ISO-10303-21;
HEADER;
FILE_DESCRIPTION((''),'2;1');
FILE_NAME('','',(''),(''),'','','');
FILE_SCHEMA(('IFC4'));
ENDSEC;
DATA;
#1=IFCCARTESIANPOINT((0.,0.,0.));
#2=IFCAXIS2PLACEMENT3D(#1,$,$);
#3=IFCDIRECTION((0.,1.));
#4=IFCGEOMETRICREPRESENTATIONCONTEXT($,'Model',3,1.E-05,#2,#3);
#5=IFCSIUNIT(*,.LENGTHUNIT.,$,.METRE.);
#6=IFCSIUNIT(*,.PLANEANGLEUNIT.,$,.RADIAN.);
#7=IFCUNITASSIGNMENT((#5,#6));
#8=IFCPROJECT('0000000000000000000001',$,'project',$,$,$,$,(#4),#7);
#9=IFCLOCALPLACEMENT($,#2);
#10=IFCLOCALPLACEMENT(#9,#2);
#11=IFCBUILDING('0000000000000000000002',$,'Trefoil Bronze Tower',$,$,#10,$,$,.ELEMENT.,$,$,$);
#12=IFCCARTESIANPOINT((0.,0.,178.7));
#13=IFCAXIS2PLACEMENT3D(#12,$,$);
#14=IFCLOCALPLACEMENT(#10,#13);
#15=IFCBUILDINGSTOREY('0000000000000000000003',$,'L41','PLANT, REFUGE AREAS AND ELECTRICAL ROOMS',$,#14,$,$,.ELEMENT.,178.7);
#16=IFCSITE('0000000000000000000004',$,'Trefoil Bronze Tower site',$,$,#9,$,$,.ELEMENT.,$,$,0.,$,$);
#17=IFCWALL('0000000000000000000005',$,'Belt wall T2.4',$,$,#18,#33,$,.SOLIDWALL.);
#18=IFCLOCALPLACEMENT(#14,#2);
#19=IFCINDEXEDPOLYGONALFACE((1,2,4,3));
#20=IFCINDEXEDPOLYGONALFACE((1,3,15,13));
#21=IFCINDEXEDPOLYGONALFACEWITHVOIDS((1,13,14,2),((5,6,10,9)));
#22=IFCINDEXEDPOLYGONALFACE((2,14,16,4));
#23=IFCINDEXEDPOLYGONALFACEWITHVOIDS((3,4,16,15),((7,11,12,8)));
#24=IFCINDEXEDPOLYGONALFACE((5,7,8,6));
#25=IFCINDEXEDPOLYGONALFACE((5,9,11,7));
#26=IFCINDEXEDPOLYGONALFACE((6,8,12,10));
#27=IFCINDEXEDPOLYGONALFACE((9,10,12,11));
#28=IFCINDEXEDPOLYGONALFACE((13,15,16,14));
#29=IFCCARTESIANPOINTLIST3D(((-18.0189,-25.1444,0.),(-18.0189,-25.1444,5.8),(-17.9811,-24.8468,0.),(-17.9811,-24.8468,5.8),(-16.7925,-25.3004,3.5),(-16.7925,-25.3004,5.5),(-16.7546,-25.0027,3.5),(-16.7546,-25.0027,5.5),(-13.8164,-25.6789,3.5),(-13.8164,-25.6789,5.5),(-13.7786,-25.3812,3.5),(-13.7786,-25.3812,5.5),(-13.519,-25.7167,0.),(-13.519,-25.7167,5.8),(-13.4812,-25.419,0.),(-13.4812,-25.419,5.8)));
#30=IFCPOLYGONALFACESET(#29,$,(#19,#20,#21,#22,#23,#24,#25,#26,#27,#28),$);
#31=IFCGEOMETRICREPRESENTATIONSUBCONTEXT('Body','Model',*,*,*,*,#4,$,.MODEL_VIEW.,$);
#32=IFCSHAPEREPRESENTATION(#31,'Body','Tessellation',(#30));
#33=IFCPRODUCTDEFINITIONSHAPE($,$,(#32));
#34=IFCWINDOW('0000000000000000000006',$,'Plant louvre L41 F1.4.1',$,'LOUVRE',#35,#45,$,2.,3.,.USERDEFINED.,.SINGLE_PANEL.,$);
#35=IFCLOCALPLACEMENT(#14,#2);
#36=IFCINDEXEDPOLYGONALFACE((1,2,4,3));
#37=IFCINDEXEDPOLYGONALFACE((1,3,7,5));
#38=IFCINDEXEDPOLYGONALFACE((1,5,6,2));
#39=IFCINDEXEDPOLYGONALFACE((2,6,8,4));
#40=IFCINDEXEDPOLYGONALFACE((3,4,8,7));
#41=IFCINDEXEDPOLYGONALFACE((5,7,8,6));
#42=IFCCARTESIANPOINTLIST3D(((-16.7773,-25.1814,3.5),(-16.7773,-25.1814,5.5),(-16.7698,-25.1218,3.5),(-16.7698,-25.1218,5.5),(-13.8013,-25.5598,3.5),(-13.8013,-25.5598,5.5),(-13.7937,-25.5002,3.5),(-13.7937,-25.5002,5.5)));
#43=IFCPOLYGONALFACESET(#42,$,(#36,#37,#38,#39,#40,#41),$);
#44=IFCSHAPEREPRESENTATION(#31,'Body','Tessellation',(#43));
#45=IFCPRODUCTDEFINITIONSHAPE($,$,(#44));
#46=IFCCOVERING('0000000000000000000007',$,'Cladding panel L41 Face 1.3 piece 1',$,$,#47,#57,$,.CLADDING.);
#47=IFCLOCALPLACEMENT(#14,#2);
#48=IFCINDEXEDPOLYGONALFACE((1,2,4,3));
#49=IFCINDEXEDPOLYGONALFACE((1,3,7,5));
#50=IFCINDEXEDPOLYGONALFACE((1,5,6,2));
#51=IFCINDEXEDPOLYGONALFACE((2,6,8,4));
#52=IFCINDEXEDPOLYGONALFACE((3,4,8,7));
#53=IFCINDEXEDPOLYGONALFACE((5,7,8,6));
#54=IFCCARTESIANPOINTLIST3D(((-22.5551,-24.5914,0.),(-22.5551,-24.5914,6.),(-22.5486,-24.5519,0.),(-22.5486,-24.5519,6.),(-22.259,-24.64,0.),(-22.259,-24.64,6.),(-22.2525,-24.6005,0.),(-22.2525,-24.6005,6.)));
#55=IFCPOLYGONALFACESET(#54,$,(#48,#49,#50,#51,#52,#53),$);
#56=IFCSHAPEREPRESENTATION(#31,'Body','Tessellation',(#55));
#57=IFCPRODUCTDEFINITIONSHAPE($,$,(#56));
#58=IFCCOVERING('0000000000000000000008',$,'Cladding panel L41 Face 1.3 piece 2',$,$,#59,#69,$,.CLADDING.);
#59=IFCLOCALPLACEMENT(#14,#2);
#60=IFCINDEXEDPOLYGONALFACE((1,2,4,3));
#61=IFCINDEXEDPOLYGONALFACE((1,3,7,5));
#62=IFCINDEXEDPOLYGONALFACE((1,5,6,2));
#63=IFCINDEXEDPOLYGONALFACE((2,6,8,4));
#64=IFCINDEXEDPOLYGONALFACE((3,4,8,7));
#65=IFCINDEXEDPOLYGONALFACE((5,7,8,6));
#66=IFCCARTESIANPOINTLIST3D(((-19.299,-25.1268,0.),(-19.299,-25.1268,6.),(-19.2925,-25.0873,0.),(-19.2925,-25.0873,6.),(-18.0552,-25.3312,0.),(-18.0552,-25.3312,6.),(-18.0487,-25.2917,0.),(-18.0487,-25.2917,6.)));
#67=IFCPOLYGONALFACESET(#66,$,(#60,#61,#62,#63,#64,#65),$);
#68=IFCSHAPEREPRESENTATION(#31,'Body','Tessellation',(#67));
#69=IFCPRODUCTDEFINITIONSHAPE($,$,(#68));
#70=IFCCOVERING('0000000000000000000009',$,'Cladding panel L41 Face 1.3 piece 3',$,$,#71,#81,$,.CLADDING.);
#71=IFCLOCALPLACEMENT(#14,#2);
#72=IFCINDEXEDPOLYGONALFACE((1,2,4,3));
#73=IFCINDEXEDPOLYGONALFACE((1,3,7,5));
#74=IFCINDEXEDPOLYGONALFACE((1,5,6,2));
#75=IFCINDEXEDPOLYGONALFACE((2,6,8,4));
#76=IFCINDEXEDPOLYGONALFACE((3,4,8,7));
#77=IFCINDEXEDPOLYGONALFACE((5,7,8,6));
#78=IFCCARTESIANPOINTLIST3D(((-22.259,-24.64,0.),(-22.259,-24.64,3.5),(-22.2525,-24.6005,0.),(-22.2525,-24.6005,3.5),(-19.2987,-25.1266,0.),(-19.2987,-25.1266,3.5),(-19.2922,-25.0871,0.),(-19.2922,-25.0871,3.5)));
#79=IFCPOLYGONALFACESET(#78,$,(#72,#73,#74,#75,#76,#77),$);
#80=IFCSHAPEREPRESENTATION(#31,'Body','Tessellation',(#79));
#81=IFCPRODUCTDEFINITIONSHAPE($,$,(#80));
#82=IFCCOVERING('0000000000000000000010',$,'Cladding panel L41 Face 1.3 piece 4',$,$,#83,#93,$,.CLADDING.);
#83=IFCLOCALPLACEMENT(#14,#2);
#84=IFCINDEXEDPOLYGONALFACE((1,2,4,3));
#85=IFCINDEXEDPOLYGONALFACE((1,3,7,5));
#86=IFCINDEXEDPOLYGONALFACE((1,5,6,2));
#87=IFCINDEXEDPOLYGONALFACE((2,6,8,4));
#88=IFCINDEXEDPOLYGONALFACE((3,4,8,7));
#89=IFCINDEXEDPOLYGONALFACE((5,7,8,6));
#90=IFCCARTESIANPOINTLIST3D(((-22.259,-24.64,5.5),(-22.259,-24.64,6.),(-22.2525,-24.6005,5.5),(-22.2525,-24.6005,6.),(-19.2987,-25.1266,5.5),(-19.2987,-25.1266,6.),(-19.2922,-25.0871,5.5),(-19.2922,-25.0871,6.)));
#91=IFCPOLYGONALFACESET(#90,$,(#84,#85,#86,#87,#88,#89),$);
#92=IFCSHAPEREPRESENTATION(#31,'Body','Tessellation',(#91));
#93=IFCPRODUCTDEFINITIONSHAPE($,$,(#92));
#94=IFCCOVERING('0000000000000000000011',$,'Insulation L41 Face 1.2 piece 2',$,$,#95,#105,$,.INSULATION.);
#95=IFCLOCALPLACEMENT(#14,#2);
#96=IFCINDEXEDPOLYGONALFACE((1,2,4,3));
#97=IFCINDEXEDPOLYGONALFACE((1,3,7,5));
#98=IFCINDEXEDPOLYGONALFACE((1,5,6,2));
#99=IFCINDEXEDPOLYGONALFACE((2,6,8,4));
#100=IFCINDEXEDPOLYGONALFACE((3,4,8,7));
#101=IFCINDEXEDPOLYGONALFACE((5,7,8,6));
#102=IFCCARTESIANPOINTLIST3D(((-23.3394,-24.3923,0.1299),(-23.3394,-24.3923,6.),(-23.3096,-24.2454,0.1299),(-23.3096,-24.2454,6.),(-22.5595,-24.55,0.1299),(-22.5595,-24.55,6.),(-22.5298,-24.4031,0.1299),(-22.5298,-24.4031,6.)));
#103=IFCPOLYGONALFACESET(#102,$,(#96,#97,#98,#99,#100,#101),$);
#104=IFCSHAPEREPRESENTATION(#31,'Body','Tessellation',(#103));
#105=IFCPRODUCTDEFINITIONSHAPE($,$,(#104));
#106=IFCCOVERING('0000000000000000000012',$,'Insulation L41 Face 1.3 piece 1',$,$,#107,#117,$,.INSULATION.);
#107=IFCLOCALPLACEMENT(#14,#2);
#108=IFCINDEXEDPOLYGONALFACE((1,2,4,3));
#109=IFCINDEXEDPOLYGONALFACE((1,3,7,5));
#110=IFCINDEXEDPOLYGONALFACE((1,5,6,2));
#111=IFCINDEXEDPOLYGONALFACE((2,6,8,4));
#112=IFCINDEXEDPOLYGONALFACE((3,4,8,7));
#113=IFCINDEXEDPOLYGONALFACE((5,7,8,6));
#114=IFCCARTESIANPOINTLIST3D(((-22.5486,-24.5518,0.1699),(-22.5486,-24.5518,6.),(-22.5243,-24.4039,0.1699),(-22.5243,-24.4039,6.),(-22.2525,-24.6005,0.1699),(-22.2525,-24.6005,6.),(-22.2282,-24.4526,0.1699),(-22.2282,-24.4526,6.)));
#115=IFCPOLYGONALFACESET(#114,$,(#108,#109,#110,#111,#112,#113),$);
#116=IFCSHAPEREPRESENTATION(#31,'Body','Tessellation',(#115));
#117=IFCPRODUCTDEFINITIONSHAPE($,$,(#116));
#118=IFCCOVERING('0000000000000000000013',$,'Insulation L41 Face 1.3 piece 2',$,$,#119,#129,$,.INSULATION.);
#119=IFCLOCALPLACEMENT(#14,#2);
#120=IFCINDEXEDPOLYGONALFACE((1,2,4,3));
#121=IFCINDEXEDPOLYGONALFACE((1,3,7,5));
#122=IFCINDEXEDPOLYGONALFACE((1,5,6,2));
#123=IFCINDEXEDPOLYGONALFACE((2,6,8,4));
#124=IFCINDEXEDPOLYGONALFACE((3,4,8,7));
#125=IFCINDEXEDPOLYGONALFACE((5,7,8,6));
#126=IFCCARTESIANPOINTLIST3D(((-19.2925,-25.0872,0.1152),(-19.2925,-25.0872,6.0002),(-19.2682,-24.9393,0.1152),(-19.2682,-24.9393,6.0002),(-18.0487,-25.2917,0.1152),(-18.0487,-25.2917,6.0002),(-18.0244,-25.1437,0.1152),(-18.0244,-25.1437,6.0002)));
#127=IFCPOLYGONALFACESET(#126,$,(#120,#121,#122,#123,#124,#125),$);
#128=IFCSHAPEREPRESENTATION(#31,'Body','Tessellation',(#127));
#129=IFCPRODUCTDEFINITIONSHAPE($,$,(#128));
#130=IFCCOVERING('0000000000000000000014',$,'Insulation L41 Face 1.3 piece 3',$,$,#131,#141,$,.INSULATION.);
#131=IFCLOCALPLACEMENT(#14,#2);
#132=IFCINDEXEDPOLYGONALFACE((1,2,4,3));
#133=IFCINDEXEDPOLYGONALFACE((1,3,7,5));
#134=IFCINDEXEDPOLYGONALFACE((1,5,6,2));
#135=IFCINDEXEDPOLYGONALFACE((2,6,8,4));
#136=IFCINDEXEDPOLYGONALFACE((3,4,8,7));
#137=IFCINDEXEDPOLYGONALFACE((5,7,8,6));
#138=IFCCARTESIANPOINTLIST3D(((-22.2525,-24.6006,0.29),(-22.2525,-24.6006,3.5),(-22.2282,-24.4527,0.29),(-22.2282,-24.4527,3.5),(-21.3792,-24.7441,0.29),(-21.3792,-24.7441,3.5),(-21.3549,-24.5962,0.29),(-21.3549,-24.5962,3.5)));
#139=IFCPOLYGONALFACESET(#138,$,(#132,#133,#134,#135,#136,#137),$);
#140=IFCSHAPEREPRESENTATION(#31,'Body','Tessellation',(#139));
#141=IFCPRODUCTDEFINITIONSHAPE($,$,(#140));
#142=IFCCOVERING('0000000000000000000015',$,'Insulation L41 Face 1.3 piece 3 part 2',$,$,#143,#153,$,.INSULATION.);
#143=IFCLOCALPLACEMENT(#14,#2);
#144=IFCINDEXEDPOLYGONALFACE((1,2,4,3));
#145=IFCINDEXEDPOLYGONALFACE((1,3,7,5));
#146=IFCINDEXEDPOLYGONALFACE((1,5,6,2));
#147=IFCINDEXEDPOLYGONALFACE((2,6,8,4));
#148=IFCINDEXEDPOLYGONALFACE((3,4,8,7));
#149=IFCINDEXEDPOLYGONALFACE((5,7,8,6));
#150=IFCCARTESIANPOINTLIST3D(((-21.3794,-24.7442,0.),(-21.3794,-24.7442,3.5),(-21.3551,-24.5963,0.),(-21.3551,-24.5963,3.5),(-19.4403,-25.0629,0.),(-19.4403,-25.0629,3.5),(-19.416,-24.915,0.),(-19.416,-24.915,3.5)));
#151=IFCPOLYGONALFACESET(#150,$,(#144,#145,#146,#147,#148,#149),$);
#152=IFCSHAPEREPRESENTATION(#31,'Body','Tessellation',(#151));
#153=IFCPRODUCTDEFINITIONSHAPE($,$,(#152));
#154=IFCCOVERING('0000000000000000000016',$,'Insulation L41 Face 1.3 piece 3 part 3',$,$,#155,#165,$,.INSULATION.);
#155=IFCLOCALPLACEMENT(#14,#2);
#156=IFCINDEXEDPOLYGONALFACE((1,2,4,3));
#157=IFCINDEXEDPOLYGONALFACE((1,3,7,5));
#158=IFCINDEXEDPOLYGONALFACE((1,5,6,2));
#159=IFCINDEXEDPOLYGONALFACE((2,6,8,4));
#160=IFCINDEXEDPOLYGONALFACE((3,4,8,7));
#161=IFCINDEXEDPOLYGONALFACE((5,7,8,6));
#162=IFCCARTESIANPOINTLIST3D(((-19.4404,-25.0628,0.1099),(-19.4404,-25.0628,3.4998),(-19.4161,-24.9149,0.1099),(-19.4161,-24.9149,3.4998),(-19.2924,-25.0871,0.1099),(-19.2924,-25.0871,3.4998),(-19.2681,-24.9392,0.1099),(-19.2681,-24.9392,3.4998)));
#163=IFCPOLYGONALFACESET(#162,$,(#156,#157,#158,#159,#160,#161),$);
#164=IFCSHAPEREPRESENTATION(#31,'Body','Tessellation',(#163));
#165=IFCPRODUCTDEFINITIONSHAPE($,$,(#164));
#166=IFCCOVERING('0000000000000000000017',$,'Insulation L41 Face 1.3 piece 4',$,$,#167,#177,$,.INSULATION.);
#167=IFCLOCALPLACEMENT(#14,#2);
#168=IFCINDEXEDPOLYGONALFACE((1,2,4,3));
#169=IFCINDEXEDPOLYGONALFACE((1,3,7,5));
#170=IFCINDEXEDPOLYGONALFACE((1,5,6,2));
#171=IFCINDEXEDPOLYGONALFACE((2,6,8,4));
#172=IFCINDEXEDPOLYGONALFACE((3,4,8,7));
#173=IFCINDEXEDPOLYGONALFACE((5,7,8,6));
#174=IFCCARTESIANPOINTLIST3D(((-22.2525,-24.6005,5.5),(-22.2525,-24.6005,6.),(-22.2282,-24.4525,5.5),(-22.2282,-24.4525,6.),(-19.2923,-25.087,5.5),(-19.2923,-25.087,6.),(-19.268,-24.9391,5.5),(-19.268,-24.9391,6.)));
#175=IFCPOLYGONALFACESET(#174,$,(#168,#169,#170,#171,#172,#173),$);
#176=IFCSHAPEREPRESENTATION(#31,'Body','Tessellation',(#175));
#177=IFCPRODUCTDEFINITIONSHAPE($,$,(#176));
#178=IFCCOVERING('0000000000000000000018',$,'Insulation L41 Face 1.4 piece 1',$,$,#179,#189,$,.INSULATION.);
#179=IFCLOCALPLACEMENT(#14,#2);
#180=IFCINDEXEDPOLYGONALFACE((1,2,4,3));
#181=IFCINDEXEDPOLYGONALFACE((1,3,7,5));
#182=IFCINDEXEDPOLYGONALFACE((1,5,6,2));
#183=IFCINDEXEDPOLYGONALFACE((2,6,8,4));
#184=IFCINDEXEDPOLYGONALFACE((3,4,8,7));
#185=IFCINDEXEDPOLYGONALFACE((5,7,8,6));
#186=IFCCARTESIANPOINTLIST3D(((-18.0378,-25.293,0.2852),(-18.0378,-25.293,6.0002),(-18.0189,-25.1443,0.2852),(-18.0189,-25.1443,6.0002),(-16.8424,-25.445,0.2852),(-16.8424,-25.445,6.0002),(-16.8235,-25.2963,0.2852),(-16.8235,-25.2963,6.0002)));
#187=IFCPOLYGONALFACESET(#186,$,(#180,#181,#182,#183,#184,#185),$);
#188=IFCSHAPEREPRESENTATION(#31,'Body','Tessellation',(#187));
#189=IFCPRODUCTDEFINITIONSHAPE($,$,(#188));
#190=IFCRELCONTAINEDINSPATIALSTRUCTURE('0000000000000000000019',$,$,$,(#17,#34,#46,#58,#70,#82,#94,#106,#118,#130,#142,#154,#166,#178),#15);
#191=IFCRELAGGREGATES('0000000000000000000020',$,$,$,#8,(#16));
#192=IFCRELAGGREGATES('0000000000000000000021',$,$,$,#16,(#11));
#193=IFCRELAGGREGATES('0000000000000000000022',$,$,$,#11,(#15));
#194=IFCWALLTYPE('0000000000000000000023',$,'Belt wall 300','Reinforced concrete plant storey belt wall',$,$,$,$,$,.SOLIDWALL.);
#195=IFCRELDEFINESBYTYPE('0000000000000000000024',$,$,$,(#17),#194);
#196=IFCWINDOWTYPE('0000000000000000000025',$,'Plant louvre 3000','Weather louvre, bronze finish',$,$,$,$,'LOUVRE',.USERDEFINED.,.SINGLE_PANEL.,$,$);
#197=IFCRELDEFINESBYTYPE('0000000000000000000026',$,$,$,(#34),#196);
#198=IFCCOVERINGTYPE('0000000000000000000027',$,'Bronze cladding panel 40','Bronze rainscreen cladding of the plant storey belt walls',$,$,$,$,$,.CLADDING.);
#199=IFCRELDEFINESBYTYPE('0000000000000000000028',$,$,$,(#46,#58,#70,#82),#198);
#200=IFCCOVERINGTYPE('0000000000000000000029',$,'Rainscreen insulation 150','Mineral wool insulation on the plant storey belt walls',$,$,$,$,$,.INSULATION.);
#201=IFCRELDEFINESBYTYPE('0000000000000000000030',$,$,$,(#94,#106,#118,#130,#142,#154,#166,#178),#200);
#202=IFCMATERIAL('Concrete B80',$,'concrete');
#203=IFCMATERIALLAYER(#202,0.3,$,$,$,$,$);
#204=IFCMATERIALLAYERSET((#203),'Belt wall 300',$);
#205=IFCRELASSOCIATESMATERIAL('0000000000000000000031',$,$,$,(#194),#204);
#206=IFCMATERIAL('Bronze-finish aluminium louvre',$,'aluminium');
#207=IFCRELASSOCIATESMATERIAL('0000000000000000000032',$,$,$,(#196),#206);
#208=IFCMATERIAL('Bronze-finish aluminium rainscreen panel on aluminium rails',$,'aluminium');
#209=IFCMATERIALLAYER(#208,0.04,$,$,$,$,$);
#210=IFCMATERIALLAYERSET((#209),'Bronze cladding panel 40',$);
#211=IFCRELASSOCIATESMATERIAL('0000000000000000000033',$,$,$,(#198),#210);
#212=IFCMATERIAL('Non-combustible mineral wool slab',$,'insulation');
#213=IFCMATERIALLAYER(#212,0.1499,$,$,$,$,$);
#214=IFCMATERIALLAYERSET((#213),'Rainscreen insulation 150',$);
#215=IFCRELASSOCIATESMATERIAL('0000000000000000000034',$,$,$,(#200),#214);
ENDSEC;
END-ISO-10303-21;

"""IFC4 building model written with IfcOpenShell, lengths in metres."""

from ifc_helpers import new_model, si_unit, direction, frame, frame_2d, origin, origin_2d, place, context, subcontext, project, spatial, rectangle, extrude, material, layer, layer_set, type_object, element, fill, save


model = new_model("IFC4")

# Units and contexts
model_context = context("Model", 3, precision=1e-05, world=origin(), true_north=direction((0.0, 1.0)))
body_context = subcontext(model_context, "Body", "Model", "MODEL_VIEW")
ifc_project = project(units=[si_unit("LENGTHUNIT", "METRE"), si_unit("PLANEANGLEUNIT", "RADIAN")], contexts=[model_context])

# Site, building, storey
site_placement = place(None, origin())
site = spatial("IfcSite", under=ifc_project, at=site_placement, Name="Trefoil Bronze Tower site", CompositionType="ELEMENT", RefElevation=0.0)
building_placement = place(site_placement, origin())
building = spatial("IfcBuilding", under=site, at=building_placement, Name="Trefoil Bronze Tower", CompositionType="ELEMENT")
storey_placement = place(building_placement, frame((0.0, 0.0, 178.7)))
storey = spatial("IfcBuildingStorey", under=building, at=storey_placement, Name="L41", Description="PLANT, REFUGE AREAS AND ELECTRICAL ROOMS", CompositionType="ELEMENT", Elevation=178.7)

# Wall, opening, window
ifc_material_1 = material(Name="Concrete B80", Category="concrete")
ifc_layer_1 = layer(ifc_material_1, 0.3)
ifc_layer_set_1 = layer_set([ifc_layer_1], Name="Belt wall 300")
wall_type = type_object("IfcWallType", Name="Belt wall 300", Description="Reinforced concrete plant storey belt wall", PredefinedType="SOLIDWALL", material=ifc_layer_set_1)
ifc_material_2 = material(Name="Bronze-finish aluminium louvre", Category="aluminium")
window_type = type_object("IfcWindowType", Name="Plant louvre 3000", Description="Weather louvre, bronze finish", ElementType="LOUVRE", PartitioningType="SINGLE_PANEL", PredefinedType="USERDEFINED", material=ifc_material_2)
wall_1_placement = place(storey_placement, frame((-18.0, -24.9956, 0.0), z_axis=(0.0, 0.0, 1.0), x_axis=(0.992011, -0.126154, 0.0)))
wall_1 = element("IfcWall", 1, at=wall_1_placement, inside=storey, type_object=wall_type, Name="Belt wall T2.4", PredefinedType="SOLIDWALL", context=body_context, shape_type="SweptSolid", body=[
    extrude(rectangle(XDim=4.5361, YDim=0.3, at=frame_2d((2.2681, 0.0))), origin(), (0.0, 0.0, 1.0), 5.8),
])
opening_1_placement = place(wall_1_placement, frame((1.2363, 0.0, 3.5)))
opening_1 = element("IfcOpeningElement", 2, at=opening_1_placement, cuts=wall_1, PredefinedType="OPENING", context=body_context, shape_type="SweptSolid", body=[
    extrude(rectangle(XDim=3.0, YDim=2.0, at=frame_2d((1.5, 1.0))), frame((0.0, 0.1599, 0.0), z_axis=(0.0, -1.0, 0.0), x_axis=(1.0, 0.0, 0.0)), (0.0, 0.0, 1.0), 0.3201),
])
window_1_placement = place(opening_1_placement, origin())
window_1 = element("IfcWindow", 3, at=window_1_placement, inside=storey, type_object=window_type, Name="Plant louvre L41 F1.4.1", ObjectType="LOUVRE", OverallHeight=2.0, OverallWidth=3.0, PartitioningType="SINGLE_PANEL", PredefinedType="USERDEFINED", context=body_context, shape_type="SweptSolid", body=[
    extrude(rectangle(XDim=3.0, YDim=2.0, at=frame_2d((1.5, 1.0))), frame((0.0, 0.03, 0.0), z_axis=(0.0, -1.0, 0.0), x_axis=(1.0, 0.0, 0.0)), (0.0, 0.0, 1.0), 0.0601),
])
fill(opening_1, window_1)

# Coverings
ifc_material_3 = material(Name="Bronze-finish aluminium rainscreen panel on aluminium rails", Category="aluminium")
ifc_layer_2 = layer(ifc_material_3, 0.04)
ifc_layer_set_2 = layer_set([ifc_layer_2], Name="Bronze cladding panel 40")
covering_type_1 = type_object("IfcCoveringType", Name="Bronze cladding panel 40", Description="Bronze rainscreen cladding of the plant storey belt walls", PredefinedType="CLADDING", material=ifc_layer_set_2)
covering_1_placement = place(storey_placement, frame((-22.4038, -24.5959, 0.0), z_axis=(0.0, 0.0, 1.0), x_axis=(0.98676, -0.162189, 0.0)))
element("IfcCovering", 4, at=covering_1_placement, inside=storey, type_object=covering_type_1, Name="Cladding panel L41 Face 1.3 piece 1", PredefinedType="CLADDING", context=body_context, shape_type="SweptSolid", body=[
    extrude(rectangle(XDim=0.3, YDim=0.04, at=origin_2d()), origin(), (0.0, 0.0, 1.0), 6.0),
])
covering_2_placement = place(storey_placement, frame((-18.6738, -25.2092, 0.0), z_axis=(0.0, 0.0, 1.0), x_axis=(0.98676, -0.162189, 0.0)))
element("IfcCovering", 5, at=covering_2_placement, inside=storey, type_object=covering_type_1, Name="Cladding panel L41 Face 1.3 piece 2", PredefinedType="CLADDING", context=body_context, shape_type="SweptSolid", body=[
    extrude(rectangle(XDim=1.2605, YDim=0.04, at=origin_2d()), origin(), (0.0, 0.0, 1.0), 6.0),
])
covering_3_placement = place(storey_placement, frame((-20.7756, -24.8635, 0.0), z_axis=(0.0, 0.0, 1.0), x_axis=(0.98676, -0.162189, 0.0)))
element("IfcCovering", 6, at=covering_3_placement, inside=storey, type_object=covering_type_1, Name="Cladding panel L41 Face 1.3 piece 3", PredefinedType="CLADDING", context=body_context, shape_type="SweptSolid", body=[
    extrude(rectangle(XDim=3.0, YDim=0.04, at=origin_2d()), origin(), (0.0, 0.0, 1.0), 3.5),
])
covering_4_placement = place(storey_placement, frame((-20.7756, -24.8635, 5.5), z_axis=(0.0, 0.0, 1.0), x_axis=(0.98676, -0.162189, 0.0)))
element("IfcCovering", 7, at=covering_4_placement, inside=storey, type_object=covering_type_1, Name="Cladding panel L41 Face 1.3 piece 4", PredefinedType="CLADDING", context=body_context, shape_type="SweptSolid", body=[
    extrude(rectangle(XDim=3.0, YDim=0.04, at=origin_2d()), origin(), (0.0, 0.0, 1.0), 0.5),
])
ifc_material_4 = material(Name="Non-combustible mineral wool slab", Category="insulation")
ifc_layer_3 = layer(ifc_material_4, 0.1499)
ifc_layer_set_3 = layer_set([ifc_layer_3], Name="Rainscreen insulation 150")
covering_type_2 = type_object("IfcCoveringType", Name="Rainscreen insulation 150", Description="Mineral wool insulation on the plant storey belt walls", PredefinedType="INSULATION", material=ifc_layer_set_3)
covering_5_placement = place(storey_placement, frame((-22.9346, -24.3977, 0.1299), z_axis=(0.0, 0.0, 1.0), x_axis=(0.980155, -0.198232, 0.0)))
element("IfcCovering", 8, at=covering_5_placement, inside=storey, type_object=covering_type_2, Name="Insulation L41 Face 1.2 piece 2", PredefinedType="INSULATION", context=body_context, shape_type="SweptSolid", body=[
    extrude(rectangle(XDim=0.7957, YDim=0.1499, at=origin_2d()), origin(), (0.0, 0.0, 1.0), 5.8701),
])
covering_6_placement = place(storey_placement, frame((-22.3884, -24.5022, 0.1699), z_axis=(0.0, 0.0, 1.0), x_axis=(0.98676, -0.162189, 0.0)))
element("IfcCovering", 9, at=covering_6_placement, inside=storey, type_object=covering_type_2, Name="Insulation L41 Face 1.3 piece 1", PredefinedType="INSULATION", context=body_context, shape_type="SweptSolid", body=[
    extrude(rectangle(XDim=0.3, YDim=0.1499, at=origin_2d()), origin(), (0.0, 0.0, 1.0), 5.8301),
])
covering_7_placement = place(storey_placement, frame((-18.6584, -25.1155, 0.1152), z_axis=(0.0, 0.0, 1.0), x_axis=(0.98676, -0.162189, 0.0)))
element("IfcCovering", 10, at=covering_7_placement, inside=storey, type_object=covering_type_2, Name="Insulation L41 Face 1.3 piece 2", PredefinedType="INSULATION", context=body_context, shape_type="SweptSolid", body=[
    extrude(rectangle(XDim=1.2605, YDim=0.1499, at=origin_2d()), origin(), (0.0, 0.0, 1.0), 5.885),
])
covering_8_placement = place(storey_placement, frame((-21.8037, -24.5984, 0.29), z_axis=(0.0, 0.0, 1.0), x_axis=(0.98676, -0.162189, 0.0)))
element("IfcCovering", 11, at=covering_8_placement, inside=storey, type_object=covering_type_2, Name="Insulation L41 Face 1.3 piece 3", PredefinedType="INSULATION", context=body_context, shape_type="SweptSolid", body=[
    extrude(rectangle(XDim=0.885, YDim=0.1499, at=origin_2d()), origin(), (0.0, 0.0, 1.0), 3.21),
])
covering_9_placement = place(storey_placement, frame((-20.3977, -24.8296, 0.0), z_axis=(0.0, 0.0, 1.0), x_axis=(0.98676, -0.162189, 0.0)))
element("IfcCovering", 12, at=covering_9_placement, inside=storey, type_object=covering_type_2, Name="Insulation L41 Face 1.3 piece 3 part 2", PredefinedType="INSULATION", context=body_context, shape_type="SweptSolid", body=[
    extrude(rectangle(XDim=1.9651, YDim=0.1499, at=origin_2d()), origin(), (0.0, 0.0, 1.0), 3.5),
])
covering_10_placement = place(storey_placement, frame((-19.3542, -25.001, 0.1099), z_axis=(0.0, 0.0, 1.0), x_axis=(0.98676, -0.162189, 0.0)))
element("IfcCovering", 13, at=covering_10_placement, inside=storey, type_object=covering_type_2, Name="Insulation L41 Face 1.3 piece 3 part 3", PredefinedType="INSULATION", context=body_context, shape_type="SweptSolid", body=[
    extrude(rectangle(XDim=0.1499, YDim=0.1499, at=origin_2d()), origin(), (0.0, 0.0, 1.0), 3.3899),
])
covering_11_placement = place(storey_placement, frame((-20.7603, -24.7698, 5.5), z_axis=(0.0, 0.0, 1.0), x_axis=(0.98676, -0.162189, 0.0)))
element("IfcCovering", 14, at=covering_11_placement, inside=storey, type_object=covering_type_2, Name="Insulation L41 Face 1.3 piece 4", PredefinedType="INSULATION", context=body_context, shape_type="SweptSolid", body=[
    extrude(rectangle(XDim=3.0, YDim=0.1499, at=origin_2d()), origin(), (0.0, 0.0, 1.0), 0.5),
])
covering_12_placement = place(storey_placement, frame((-17.4307, -25.2947, 0.2852), z_axis=(0.0, 0.0, 1.0), x_axis=(0.992012, -0.126147, 0.0)))
element("IfcCovering", 15, at=covering_12_placement, inside=storey, type_object=covering_type_2, Name="Insulation L41 Face 1.4 piece 1", PredefinedType="INSULATION", context=body_context, shape_type="SweptSolid", body=[
    extrude(rectangle(XDim=1.2051, YDim=0.1499, at=origin_2d()), origin(), (0.0, 0.0, 1.0), 5.7151),
])

save(model, "model.ifc")
